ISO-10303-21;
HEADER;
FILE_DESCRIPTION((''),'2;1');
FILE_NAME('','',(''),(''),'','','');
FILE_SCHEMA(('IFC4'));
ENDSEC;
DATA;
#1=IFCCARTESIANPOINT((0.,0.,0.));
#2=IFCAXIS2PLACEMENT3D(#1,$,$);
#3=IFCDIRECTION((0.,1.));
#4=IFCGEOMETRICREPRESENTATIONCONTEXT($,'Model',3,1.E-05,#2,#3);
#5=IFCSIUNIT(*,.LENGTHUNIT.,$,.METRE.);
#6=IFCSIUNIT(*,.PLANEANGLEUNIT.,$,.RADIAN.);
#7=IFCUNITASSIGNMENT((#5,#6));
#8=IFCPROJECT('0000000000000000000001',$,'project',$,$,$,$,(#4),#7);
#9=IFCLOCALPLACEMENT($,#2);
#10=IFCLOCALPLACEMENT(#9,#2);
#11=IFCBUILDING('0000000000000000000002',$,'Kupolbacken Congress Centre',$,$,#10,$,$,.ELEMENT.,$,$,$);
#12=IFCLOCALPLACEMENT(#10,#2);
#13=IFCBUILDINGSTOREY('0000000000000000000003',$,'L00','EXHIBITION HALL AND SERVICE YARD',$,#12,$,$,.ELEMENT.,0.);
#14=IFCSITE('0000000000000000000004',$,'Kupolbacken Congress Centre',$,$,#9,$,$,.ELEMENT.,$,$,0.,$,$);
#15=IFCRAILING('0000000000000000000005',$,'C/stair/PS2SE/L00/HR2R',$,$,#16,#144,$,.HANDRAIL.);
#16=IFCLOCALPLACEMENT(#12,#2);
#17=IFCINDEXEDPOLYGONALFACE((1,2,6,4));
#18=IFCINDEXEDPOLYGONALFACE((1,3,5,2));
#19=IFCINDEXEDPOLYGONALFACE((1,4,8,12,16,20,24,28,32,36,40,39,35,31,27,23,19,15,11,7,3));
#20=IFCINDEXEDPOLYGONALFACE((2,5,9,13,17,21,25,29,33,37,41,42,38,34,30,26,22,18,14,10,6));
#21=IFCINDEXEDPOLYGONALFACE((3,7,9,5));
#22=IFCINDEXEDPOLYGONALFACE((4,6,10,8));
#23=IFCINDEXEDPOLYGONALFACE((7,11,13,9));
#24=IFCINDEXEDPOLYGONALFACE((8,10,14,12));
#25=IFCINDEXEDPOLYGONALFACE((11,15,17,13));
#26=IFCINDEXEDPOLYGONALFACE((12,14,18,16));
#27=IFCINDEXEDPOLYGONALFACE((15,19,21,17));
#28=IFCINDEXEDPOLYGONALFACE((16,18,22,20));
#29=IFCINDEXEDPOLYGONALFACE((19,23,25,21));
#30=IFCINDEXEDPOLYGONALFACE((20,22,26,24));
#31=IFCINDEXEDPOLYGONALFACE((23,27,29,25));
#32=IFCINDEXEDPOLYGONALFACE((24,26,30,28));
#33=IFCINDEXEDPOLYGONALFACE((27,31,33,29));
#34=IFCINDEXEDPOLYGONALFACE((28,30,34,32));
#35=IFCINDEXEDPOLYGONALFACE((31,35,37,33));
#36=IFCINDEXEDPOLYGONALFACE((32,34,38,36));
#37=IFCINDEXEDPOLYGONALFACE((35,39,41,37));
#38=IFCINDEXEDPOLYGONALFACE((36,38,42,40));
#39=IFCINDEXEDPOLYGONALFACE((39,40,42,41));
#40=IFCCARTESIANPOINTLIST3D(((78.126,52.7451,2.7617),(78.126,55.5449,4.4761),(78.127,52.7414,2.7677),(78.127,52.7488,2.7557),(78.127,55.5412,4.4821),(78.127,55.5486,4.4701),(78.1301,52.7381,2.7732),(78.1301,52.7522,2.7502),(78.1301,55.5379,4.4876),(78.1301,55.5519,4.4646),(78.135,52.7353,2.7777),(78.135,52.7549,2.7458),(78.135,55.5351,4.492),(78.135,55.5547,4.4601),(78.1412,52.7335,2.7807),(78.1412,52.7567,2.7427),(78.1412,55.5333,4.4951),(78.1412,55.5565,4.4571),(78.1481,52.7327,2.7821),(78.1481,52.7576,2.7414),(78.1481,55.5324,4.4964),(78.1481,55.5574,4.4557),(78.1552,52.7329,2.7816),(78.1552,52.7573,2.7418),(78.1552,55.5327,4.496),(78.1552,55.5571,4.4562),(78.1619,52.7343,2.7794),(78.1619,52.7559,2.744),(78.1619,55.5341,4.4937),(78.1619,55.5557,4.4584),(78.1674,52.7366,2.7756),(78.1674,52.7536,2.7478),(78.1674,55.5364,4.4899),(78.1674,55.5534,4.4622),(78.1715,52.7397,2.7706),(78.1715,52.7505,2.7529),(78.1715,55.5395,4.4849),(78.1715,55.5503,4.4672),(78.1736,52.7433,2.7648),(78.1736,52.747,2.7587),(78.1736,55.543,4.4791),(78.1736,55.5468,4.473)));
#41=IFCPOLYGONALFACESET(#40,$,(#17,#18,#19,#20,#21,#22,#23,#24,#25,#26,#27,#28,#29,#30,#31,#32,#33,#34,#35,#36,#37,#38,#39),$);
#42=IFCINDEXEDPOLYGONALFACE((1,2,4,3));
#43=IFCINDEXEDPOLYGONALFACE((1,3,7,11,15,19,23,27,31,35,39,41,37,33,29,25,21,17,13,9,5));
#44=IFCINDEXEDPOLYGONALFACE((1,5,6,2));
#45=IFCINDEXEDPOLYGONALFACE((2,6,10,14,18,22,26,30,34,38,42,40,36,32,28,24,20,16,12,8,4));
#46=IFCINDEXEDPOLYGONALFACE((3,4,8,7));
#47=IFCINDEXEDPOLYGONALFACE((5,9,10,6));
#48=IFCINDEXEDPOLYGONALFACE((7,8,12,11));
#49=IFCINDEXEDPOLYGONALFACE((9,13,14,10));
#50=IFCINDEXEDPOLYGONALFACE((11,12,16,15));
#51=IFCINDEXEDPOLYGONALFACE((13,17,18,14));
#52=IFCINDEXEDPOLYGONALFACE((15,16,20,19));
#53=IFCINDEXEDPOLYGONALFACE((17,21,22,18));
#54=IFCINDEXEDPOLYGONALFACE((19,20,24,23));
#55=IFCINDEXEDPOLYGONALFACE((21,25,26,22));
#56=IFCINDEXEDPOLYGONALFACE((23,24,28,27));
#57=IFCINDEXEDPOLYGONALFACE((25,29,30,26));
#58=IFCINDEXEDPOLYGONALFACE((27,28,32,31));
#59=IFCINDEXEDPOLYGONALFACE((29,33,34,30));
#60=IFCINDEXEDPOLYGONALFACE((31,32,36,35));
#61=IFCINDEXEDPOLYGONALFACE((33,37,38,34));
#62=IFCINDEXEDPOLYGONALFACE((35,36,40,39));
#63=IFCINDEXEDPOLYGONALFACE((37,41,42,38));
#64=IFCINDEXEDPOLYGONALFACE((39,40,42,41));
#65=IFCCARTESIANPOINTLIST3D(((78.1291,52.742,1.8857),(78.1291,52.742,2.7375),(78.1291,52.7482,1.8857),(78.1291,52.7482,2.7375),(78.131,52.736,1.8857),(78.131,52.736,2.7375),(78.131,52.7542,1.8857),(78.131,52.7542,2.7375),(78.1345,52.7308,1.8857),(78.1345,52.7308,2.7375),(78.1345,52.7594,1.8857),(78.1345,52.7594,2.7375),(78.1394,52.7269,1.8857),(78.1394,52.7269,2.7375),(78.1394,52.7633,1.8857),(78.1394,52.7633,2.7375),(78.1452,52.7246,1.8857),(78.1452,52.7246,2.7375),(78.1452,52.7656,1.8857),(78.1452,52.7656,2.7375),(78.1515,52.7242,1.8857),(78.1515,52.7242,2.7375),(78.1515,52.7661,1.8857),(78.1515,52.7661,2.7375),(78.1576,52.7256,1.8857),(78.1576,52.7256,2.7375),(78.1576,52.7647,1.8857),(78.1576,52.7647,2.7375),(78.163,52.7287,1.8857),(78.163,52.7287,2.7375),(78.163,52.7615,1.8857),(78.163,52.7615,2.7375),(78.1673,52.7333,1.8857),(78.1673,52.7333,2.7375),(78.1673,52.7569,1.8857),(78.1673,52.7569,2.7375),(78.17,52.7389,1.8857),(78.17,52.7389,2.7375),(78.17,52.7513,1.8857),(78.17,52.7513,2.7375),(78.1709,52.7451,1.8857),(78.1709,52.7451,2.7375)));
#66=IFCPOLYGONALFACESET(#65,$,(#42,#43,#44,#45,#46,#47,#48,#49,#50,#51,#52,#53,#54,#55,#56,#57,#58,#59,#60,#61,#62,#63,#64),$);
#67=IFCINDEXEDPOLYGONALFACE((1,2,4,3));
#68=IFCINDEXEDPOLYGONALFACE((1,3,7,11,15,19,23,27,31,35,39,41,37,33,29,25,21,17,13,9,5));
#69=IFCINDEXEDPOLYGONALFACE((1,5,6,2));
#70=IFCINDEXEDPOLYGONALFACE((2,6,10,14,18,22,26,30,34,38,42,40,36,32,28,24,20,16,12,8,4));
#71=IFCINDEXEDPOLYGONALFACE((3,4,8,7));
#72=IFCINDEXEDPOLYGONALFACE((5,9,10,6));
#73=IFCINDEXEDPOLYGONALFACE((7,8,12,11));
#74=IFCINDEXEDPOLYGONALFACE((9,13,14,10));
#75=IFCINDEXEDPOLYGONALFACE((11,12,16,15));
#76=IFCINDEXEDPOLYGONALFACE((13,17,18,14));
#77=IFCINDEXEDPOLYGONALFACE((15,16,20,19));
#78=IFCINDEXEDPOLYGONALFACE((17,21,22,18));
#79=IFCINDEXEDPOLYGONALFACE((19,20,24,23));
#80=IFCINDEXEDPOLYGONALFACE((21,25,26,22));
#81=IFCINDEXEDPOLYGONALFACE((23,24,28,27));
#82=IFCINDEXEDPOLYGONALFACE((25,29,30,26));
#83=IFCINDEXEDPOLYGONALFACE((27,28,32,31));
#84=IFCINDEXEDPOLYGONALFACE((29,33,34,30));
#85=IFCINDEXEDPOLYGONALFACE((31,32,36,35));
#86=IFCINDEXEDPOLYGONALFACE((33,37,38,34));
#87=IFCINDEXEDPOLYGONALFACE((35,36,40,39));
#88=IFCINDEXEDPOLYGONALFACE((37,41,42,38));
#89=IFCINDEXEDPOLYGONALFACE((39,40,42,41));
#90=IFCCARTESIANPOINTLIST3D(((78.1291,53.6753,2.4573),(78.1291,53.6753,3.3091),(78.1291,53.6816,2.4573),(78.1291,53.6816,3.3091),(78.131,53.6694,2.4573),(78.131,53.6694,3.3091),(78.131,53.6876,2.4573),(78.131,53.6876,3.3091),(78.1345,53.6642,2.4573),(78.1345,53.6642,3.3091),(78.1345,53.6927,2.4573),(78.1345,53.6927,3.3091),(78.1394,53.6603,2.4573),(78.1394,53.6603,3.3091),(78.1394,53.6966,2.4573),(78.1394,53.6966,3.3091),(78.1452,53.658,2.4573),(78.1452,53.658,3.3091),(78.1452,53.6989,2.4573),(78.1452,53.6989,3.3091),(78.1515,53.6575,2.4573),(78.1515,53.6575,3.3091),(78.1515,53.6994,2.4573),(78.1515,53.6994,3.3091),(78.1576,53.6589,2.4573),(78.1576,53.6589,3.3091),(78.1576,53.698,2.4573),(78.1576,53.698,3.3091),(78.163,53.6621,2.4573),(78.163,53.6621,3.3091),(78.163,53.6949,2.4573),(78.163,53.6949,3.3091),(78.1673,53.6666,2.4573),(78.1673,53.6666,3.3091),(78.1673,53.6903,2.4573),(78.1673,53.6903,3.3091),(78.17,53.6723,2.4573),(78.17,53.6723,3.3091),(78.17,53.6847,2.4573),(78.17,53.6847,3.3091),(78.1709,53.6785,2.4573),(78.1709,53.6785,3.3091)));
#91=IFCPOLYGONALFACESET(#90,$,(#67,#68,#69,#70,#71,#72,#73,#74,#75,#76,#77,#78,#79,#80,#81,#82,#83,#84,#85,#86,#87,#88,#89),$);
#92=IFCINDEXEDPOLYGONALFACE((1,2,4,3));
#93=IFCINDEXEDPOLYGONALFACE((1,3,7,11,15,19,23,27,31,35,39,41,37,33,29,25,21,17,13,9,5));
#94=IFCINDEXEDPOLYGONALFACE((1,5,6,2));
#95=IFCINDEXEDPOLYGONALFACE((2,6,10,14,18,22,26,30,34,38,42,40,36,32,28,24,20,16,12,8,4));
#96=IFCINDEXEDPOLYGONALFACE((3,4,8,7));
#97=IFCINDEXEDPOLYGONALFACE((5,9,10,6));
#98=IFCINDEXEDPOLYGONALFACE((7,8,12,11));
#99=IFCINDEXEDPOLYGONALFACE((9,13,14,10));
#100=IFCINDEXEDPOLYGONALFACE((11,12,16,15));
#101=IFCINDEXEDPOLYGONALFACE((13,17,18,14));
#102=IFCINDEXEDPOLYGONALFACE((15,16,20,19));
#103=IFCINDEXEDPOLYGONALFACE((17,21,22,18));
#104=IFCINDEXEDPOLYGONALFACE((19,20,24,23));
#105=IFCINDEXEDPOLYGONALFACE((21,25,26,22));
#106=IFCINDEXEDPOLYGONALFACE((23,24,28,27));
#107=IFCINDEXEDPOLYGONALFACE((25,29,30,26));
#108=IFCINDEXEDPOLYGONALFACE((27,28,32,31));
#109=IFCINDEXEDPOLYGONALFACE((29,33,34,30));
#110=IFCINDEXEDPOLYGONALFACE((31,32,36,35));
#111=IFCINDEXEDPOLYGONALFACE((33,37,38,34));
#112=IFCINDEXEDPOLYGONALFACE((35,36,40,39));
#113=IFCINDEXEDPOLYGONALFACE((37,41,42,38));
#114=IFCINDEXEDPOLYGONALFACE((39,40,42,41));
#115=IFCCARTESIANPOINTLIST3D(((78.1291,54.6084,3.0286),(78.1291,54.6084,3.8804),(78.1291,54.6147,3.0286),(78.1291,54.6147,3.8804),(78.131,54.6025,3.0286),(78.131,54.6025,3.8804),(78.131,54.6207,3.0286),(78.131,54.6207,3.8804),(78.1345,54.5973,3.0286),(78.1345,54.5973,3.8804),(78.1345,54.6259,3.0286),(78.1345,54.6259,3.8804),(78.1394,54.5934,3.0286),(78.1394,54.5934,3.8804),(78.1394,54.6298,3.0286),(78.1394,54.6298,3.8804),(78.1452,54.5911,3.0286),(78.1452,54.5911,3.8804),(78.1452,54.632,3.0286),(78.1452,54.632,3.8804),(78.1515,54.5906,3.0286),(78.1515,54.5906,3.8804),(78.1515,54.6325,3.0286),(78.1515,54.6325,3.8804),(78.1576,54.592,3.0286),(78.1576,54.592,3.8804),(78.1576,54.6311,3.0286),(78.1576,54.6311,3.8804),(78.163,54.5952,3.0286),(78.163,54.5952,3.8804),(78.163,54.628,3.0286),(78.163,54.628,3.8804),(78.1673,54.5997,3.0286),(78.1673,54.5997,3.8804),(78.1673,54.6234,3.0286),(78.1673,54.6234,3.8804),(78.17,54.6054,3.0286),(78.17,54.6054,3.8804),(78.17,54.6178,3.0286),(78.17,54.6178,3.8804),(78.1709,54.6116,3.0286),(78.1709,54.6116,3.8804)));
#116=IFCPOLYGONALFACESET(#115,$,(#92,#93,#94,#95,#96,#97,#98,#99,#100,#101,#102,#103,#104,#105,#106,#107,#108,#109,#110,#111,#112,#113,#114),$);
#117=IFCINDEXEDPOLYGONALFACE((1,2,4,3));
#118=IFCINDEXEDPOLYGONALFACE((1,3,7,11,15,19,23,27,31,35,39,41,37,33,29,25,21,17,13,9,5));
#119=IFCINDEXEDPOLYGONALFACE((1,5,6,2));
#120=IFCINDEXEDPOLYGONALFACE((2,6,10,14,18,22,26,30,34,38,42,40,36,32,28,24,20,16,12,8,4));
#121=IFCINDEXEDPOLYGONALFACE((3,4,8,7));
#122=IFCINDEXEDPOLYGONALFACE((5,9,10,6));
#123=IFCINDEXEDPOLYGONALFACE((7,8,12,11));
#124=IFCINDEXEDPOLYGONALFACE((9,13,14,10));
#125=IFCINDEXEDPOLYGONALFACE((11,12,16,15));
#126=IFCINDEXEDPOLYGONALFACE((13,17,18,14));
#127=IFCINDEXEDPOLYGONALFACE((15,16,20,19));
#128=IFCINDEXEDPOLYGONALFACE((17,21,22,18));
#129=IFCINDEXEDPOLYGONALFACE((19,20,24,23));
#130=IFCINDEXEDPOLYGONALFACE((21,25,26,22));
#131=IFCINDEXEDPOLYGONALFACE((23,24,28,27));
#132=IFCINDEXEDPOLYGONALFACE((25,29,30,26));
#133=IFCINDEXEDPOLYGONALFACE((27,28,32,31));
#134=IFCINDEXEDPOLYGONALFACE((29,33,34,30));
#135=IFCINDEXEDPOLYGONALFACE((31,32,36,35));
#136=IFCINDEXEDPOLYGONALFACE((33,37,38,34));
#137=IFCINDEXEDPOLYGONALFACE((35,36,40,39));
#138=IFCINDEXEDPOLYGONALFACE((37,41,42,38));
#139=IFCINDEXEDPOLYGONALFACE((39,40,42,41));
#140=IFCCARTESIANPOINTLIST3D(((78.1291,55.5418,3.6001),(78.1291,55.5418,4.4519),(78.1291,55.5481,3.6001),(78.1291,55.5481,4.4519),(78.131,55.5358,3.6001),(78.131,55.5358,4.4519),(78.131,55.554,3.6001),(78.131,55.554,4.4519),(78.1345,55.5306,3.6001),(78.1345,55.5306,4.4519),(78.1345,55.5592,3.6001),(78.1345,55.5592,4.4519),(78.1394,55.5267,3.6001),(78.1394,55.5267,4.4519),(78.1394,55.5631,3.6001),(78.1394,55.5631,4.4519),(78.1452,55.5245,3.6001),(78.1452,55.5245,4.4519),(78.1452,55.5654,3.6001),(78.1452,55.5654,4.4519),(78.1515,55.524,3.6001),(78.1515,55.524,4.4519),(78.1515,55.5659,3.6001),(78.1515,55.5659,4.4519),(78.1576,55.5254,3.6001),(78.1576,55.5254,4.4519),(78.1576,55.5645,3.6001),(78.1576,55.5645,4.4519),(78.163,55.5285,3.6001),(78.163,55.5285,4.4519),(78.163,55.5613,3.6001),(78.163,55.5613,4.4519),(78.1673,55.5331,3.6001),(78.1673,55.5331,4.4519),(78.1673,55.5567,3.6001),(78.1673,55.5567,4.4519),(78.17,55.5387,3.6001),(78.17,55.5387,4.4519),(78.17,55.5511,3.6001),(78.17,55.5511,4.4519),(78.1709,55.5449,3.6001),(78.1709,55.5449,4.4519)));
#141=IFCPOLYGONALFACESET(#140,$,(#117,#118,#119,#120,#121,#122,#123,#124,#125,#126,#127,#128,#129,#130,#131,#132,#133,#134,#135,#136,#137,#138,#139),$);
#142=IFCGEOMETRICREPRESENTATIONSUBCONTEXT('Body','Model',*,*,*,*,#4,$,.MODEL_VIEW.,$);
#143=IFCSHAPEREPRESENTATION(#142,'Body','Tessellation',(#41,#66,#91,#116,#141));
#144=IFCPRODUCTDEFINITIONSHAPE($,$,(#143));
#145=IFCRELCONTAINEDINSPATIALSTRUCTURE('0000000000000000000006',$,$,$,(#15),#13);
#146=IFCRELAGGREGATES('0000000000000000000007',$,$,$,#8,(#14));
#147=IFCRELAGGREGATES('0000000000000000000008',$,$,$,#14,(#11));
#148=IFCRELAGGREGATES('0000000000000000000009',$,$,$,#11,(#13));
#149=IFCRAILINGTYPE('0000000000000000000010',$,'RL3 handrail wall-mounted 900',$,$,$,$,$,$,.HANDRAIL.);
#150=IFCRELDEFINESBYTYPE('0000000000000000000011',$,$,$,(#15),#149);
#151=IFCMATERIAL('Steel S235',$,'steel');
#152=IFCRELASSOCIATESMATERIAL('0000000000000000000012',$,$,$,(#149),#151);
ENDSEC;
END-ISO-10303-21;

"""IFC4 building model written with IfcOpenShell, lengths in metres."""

from ifc_helpers import new_model, si_unit, direction, frame, origin, origin_2d, place, context, subcontext, project, spatial, circle, extrude, material, type_object, element, save


model = new_model("IFC4")

# Units and contexts
model_context = context("Model", 3, precision=1e-05, world=origin(), true_north=direction((0.0, 1.0)))
body_context = subcontext(model_context, "Body", "Model", "MODEL_VIEW")
ifc_project = project(units=[si_unit("LENGTHUNIT", "METRE"), si_unit("PLANEANGLEUNIT", "RADIAN")], contexts=[model_context])

# Site, building, storey
site_placement = place(None, origin())
site = spatial("IfcSite", under=ifc_project, at=site_placement, Name="Kupolbacken Congress Centre", CompositionType="ELEMENT", RefElevation=0.0)
building_placement = place(site_placement, origin())
building = spatial("IfcBuilding", under=site, at=building_placement, Name="Kupolbacken Congress Centre", CompositionType="ELEMENT")
storey_placement = place(building_placement, origin())
storey = spatial("IfcBuildingStorey", under=building, at=storey_placement, Name="L00", Description="EXHIBITION HALL AND SERVICE YARD", CompositionType="ELEMENT", Elevation=0.0)

# Railing
ifc_material_1 = material(Name="Steel S235", Category="steel")
railing_type = type_object("IfcRailingType", Name="RL3 handrail wall-mounted 900", PredefinedType="HANDRAIL", material=ifc_material_1)
for number, where, name in (
    (1, (78.1499, 52.7451, 1.8857), "C/stair/PS2SE/L00/HR2R"),
):
    element("IfcRailing", number, at=place(storey_placement, frame(where)), inside=storey, type_object=railing_type, Name=name, PredefinedType="HANDRAIL", context=body_context, shape_type="SweptSolid", body=[
        extrude(circle(Radius=0.0239, at=origin_2d()), frame((0.0, 0.0, 0.876), z_axis=(0.0, 0.852826, 0.522196), x_axis=(-1.0, 0.0, 0.0)), (0.0, 0.0, 1.0), 3.283),
        extrude(circle(Radius=0.021, at=origin_2d()), origin(), (0.0, 0.0, 1.0), 0.8518),
        extrude(circle(Radius=0.021, at=origin_2d()), frame((0.0, 0.9333, 0.5715)), (0.0, 0.0, 1.0), 0.8518),
        extrude(circle(Radius=0.021, at=origin_2d()), frame((0.0, 1.8665, 1.1428)), (0.0, 0.0, 1.0), 0.8518),
        extrude(circle(Radius=0.021, at=origin_2d()), frame((0.0, 2.7998, 1.7144)), (0.0, 0.0, 1.0), 0.8518),
    ])

save(model, "model.ifc")
